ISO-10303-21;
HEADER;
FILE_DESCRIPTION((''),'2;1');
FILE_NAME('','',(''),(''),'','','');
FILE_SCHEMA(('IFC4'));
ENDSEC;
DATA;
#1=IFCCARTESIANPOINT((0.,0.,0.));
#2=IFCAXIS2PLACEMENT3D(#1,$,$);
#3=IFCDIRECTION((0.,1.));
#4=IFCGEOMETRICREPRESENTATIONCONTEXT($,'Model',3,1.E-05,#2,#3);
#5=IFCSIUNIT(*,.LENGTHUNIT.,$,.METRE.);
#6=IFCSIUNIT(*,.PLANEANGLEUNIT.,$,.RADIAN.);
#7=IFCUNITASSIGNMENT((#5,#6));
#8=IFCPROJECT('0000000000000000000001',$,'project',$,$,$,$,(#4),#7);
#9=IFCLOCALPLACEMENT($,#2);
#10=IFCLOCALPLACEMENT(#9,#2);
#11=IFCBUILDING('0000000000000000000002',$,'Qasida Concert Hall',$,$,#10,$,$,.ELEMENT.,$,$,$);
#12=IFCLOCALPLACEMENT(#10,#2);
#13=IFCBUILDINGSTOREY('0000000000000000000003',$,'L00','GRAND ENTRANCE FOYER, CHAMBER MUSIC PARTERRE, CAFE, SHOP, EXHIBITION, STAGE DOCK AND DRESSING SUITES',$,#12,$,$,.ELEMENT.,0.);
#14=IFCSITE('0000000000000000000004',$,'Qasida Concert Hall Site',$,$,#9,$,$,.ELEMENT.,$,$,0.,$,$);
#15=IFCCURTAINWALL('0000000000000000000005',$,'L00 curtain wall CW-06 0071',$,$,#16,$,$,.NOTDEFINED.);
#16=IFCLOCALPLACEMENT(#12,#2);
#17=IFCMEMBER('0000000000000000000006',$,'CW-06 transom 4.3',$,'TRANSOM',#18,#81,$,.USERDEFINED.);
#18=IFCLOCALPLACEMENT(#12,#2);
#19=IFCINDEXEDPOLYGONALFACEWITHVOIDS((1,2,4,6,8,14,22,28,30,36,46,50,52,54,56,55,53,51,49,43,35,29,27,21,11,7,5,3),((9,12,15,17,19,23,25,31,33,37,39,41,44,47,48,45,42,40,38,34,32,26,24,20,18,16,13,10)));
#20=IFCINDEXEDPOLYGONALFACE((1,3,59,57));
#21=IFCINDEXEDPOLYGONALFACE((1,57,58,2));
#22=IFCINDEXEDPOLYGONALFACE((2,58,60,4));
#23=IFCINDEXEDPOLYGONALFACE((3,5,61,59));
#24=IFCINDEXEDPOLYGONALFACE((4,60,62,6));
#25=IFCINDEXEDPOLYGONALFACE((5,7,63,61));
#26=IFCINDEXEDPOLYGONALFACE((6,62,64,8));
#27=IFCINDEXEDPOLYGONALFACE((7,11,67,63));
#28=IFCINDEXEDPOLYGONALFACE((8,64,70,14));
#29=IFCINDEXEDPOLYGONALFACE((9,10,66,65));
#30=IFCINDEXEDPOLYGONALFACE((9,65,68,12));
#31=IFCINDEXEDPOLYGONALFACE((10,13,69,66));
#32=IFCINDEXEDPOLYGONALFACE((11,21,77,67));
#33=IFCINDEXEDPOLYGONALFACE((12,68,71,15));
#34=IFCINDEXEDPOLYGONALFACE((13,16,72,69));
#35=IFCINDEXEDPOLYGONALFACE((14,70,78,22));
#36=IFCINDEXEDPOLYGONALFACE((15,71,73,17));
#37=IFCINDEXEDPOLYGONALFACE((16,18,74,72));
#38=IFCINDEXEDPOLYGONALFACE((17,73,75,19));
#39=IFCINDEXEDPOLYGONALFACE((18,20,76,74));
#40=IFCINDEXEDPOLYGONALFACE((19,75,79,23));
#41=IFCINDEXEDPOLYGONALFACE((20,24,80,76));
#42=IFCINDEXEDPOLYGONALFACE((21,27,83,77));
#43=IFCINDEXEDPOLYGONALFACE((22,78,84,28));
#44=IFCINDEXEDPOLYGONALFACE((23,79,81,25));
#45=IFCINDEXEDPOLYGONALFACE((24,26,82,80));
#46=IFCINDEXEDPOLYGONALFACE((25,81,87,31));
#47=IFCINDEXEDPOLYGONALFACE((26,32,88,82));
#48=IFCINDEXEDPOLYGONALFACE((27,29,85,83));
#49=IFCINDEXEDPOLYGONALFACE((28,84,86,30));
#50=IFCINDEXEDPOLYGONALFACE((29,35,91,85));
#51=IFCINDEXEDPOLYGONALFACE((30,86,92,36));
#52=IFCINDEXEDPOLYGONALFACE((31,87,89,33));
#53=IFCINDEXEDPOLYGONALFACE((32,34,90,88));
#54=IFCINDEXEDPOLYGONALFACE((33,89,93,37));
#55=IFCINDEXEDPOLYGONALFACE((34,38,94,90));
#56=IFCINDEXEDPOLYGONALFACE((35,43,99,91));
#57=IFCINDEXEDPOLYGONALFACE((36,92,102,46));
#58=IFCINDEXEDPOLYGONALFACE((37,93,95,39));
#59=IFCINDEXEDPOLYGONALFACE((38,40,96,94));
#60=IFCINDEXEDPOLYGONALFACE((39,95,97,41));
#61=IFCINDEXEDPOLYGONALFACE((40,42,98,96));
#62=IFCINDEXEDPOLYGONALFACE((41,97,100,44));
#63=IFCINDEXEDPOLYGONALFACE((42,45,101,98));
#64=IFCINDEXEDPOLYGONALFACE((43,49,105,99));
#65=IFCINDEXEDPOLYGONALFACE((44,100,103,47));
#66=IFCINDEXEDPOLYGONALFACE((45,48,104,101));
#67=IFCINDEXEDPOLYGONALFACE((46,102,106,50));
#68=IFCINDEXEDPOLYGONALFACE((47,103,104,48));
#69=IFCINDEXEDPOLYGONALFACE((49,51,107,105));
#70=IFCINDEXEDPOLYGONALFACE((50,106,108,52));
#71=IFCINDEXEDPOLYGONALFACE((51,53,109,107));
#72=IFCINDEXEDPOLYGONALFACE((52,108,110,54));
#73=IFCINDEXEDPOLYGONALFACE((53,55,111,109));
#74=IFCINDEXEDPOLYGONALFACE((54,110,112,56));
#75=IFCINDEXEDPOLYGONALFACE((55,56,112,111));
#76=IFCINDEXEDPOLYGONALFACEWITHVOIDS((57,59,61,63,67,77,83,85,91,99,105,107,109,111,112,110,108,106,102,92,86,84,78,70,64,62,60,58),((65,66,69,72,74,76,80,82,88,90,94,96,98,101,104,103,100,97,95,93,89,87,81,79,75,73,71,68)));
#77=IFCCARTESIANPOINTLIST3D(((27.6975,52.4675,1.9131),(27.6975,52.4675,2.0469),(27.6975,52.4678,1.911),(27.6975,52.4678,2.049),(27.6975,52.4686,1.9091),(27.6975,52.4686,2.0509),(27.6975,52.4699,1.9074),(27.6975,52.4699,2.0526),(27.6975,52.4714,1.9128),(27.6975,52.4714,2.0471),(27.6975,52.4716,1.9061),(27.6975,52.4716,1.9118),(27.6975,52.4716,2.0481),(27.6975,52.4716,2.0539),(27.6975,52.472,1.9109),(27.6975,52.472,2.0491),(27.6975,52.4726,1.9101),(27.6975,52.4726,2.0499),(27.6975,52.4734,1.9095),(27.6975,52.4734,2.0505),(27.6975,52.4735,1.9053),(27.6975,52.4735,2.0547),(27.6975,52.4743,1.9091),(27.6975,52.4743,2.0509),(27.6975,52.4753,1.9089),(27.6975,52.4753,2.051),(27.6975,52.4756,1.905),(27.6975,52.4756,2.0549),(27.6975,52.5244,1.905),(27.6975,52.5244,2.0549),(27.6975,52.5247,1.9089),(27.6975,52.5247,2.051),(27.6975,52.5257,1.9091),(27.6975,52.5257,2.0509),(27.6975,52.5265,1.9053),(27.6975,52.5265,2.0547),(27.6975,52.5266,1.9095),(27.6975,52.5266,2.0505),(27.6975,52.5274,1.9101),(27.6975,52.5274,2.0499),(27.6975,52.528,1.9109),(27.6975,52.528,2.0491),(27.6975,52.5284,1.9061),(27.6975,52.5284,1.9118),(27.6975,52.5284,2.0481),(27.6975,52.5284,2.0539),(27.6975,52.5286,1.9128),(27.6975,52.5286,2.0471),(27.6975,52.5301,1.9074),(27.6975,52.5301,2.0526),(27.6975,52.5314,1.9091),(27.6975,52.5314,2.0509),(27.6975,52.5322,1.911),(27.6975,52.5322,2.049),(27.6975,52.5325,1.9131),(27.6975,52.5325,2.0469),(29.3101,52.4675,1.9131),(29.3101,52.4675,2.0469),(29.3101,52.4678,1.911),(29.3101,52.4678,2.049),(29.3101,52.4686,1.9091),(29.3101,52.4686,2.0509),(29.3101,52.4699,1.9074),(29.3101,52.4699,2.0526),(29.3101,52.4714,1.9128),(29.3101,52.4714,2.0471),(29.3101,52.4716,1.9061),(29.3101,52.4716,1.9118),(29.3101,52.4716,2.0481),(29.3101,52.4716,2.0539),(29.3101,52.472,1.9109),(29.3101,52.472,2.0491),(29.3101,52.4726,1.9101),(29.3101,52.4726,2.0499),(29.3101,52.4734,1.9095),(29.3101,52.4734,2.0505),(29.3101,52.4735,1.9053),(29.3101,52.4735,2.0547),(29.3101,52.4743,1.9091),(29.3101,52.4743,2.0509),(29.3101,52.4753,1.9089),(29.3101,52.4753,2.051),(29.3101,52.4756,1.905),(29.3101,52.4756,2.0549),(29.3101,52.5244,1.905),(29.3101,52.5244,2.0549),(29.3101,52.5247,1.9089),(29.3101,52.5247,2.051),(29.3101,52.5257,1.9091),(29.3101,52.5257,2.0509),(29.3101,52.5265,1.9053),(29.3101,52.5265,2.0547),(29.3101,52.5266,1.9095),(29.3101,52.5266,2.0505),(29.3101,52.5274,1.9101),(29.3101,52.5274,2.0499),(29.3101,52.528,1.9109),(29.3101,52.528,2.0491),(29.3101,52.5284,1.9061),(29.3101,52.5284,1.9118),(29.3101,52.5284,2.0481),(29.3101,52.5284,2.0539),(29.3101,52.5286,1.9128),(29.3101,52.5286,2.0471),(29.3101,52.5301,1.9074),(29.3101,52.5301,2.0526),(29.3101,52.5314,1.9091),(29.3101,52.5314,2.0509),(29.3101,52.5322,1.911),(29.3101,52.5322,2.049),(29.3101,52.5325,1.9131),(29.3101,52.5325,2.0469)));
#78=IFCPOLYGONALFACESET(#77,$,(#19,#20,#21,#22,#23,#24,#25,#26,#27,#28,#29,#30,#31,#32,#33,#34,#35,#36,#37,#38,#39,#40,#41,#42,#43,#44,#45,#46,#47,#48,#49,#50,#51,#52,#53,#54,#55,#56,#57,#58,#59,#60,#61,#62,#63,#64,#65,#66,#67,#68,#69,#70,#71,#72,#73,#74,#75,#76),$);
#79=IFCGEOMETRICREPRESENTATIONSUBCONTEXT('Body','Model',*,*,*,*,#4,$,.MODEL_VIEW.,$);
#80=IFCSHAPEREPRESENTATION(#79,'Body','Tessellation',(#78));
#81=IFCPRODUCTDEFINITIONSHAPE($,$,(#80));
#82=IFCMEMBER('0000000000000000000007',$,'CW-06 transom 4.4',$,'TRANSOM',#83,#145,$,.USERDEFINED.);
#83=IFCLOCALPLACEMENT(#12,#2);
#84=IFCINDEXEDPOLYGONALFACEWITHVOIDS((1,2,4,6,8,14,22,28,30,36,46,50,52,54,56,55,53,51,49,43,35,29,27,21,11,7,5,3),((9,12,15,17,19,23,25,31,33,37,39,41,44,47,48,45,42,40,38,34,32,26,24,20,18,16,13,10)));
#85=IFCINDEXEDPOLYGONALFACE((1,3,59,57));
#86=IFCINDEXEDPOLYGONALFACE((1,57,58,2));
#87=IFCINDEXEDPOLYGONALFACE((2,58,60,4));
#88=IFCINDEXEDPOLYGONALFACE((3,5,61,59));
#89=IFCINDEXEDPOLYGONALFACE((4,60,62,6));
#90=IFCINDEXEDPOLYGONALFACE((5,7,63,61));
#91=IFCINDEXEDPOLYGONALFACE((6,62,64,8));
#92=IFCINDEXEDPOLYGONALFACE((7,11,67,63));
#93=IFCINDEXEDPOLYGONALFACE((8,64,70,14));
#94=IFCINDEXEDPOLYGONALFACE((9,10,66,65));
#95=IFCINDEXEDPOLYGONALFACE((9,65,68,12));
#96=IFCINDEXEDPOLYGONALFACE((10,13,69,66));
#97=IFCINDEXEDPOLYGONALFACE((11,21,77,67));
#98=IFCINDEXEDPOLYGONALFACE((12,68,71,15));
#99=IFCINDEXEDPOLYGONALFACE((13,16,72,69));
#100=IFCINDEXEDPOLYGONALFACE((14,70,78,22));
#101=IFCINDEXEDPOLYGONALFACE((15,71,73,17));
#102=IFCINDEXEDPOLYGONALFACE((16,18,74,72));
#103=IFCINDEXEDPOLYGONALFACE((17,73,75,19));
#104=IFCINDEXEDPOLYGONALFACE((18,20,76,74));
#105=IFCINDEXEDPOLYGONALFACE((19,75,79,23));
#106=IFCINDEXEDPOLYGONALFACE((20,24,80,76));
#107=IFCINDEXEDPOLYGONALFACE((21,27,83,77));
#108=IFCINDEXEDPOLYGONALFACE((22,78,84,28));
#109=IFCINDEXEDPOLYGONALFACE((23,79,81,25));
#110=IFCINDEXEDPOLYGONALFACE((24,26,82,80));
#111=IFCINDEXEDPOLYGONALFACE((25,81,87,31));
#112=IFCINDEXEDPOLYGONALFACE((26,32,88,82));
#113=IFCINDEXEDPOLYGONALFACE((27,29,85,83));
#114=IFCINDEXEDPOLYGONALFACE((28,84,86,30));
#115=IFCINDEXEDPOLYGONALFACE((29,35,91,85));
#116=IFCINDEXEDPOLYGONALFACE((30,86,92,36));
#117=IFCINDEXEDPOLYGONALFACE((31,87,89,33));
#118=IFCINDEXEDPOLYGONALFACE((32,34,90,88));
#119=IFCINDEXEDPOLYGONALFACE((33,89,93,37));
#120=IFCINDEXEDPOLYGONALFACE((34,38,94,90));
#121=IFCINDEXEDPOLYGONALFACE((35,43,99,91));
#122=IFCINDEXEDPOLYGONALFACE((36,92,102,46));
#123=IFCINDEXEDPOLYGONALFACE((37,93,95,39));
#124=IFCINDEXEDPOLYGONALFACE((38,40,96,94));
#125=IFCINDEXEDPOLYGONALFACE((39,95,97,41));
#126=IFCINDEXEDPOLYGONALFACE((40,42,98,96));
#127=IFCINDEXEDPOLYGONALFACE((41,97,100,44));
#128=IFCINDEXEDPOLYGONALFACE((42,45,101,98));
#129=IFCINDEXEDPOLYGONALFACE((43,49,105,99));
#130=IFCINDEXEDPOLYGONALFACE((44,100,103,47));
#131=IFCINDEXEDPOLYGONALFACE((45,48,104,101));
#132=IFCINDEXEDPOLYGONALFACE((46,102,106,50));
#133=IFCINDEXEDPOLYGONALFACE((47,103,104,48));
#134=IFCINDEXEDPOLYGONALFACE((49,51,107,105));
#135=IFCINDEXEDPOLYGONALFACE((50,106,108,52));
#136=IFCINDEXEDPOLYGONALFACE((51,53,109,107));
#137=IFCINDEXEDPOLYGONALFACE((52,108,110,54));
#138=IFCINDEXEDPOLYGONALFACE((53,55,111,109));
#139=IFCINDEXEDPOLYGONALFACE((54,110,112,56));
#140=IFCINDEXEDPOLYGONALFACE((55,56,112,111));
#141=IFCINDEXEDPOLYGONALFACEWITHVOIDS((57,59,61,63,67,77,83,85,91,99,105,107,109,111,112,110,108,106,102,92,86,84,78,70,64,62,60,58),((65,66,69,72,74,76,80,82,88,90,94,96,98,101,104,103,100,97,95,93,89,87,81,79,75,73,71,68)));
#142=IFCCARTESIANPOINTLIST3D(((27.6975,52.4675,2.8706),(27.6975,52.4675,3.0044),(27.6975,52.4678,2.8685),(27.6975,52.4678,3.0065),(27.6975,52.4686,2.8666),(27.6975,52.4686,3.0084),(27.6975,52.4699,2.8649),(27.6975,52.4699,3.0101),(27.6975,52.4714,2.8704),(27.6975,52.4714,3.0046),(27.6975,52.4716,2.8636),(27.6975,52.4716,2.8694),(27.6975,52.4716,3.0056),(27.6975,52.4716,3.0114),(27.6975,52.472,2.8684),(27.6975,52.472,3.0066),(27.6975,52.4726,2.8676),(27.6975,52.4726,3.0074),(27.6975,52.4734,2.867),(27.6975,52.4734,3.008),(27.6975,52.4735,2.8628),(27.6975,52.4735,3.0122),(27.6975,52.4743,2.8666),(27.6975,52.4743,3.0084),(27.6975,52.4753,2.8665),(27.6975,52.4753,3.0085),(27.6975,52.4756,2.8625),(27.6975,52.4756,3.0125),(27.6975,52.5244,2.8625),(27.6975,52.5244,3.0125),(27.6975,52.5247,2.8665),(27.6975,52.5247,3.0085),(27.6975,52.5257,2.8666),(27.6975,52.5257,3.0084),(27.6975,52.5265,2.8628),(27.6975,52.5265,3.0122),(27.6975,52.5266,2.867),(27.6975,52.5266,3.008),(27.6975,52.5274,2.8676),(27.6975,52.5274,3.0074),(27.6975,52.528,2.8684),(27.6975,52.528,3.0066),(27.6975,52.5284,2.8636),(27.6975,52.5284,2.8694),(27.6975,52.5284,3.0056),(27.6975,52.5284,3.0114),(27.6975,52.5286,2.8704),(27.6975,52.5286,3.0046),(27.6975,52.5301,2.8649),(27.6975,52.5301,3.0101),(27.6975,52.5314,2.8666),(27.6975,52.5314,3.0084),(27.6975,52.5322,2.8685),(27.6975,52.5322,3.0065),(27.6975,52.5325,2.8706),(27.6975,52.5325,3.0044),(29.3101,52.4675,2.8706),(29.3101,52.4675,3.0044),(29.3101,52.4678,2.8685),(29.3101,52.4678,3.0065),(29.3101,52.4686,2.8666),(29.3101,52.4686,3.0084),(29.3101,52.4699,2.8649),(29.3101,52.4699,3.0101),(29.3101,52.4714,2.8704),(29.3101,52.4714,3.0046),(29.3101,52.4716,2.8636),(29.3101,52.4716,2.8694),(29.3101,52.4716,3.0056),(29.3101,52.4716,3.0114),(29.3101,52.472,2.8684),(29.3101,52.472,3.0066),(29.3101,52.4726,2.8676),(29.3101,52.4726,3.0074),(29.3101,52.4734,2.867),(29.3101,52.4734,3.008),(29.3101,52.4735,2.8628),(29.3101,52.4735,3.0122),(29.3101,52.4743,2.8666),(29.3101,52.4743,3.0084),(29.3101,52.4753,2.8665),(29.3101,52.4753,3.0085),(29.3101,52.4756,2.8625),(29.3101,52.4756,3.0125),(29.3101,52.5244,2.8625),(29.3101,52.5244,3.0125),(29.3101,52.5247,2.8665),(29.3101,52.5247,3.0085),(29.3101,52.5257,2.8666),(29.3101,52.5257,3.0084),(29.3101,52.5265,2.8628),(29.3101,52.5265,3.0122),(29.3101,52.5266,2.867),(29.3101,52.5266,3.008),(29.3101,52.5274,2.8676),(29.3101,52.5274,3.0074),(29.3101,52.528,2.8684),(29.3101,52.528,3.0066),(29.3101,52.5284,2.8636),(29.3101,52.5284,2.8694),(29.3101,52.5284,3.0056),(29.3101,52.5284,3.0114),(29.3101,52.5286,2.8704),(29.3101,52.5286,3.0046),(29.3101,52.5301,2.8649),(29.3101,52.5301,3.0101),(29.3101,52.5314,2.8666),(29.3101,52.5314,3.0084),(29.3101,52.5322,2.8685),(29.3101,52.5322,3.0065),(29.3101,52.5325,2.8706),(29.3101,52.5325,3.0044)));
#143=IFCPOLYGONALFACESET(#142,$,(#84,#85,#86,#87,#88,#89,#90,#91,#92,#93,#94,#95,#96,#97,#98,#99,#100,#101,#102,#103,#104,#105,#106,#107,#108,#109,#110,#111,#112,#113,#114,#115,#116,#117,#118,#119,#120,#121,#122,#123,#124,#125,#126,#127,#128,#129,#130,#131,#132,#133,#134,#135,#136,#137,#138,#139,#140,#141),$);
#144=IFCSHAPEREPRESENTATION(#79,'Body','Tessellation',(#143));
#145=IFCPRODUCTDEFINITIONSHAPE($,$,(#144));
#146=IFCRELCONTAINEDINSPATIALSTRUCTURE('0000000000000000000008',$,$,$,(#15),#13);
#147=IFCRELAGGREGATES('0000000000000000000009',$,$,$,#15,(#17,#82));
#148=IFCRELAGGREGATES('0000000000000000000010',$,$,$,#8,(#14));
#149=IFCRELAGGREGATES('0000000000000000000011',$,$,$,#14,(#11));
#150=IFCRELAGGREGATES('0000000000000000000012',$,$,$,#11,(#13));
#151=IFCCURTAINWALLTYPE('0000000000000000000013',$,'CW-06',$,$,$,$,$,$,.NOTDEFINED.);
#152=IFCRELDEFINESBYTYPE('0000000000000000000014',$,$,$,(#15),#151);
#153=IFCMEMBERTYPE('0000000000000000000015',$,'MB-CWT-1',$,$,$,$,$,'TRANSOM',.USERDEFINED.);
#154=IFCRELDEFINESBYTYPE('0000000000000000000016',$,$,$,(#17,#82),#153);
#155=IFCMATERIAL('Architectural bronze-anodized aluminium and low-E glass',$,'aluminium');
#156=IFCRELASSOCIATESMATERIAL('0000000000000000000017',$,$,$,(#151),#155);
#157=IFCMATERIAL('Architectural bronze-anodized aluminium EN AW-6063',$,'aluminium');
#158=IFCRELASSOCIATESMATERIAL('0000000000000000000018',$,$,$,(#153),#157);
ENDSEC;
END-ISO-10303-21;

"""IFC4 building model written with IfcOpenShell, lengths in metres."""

from ifc_helpers import new_model, si_unit, direction, frame, origin, origin_2d, place, context, subcontext, project, spatial, hollow_rectangle, extrude, material, material_profile, profile_set, type_object, element, aggregate, save


model = new_model("IFC4")

# Units and contexts
model_context = context("Model", 3, precision=1e-05, world=origin(), true_north=direction((0.0, 1.0)))
body_context = subcontext(model_context, "Body", "Model", "MODEL_VIEW")
ifc_project = project(units=[si_unit("LENGTHUNIT", "METRE"), si_unit("PLANEANGLEUNIT", "RADIAN")], contexts=[model_context])

# Site, building, storey
site_placement = place(None, origin())
site = spatial("IfcSite", under=ifc_project, at=site_placement, Name="Qasida Concert Hall Site", CompositionType="ELEMENT", RefElevation=0.0)
building_placement = place(site_placement, origin())
building = spatial("IfcBuilding", under=site, at=building_placement, Name="Qasida Concert Hall", CompositionType="ELEMENT")
storey_placement = place(building_placement, origin())
storey = spatial("IfcBuildingStorey", under=building, at=storey_placement, Name="L00", Description="GRAND ENTRANCE FOYER, CHAMBER MUSIC PARTERRE, CAFE, SHOP, EXHIBITION, STAGE DOCK AND DRESSING SUITES", CompositionType="ELEMENT", Elevation=0.0)

# Curtain wall
ifc_material_1 = material(Name="Architectural bronze-anodized aluminium and low-E glass", Category="aluminium")
curtain_wall_type = type_object("IfcCurtainWallType", Name="CW-06", PredefinedType="NOTDEFINED", material=ifc_material_1)
curtain_wall_1_placement = place(storey_placement, origin())
curtain_wall_1 = element("IfcCurtainWall", 1, at=curtain_wall_1_placement, inside=storey, type_object=curtain_wall_type, Name="L00 curtain wall CW-06 0071", PredefinedType="NOTDEFINED")
ifc_material_2 = material(Name="Architectural bronze-anodized aluminium EN AW-6063", Category="aluminium")

# Members
ifc_material_profile_1 = material_profile(ifc_material_2, hollow_rectangle(XDim=0.0649, YDim=0.1499, WallThickness=0.0039, InnerFilletRadius=0.0039, OuterFilletRadius=0.0081, at=origin_2d()), Name="CWT 150x65x4")
ifc_profile_set_1 = profile_set([ifc_material_profile_1], Name="Architectural bronze-anodized aluminium EN AW-6063")
member_type_1 = type_object("IfcMemberType", Name="MB-CWT-1", ElementType="TRANSOM", PredefinedType="USERDEFINED", material=ifc_profile_set_1)
member_1_placement = place(storey_placement, frame((27.6975, 52.5, 1.98), z_axis=(1.0, 0.0, 0.0), x_axis=(0.0, 1.0, 0.0)))
member_1 = element("IfcMember", 2, at=member_1_placement, type_object=member_type_1, Name="CW-06 transom 4.3", ObjectType="TRANSOM", PredefinedType="USERDEFINED", context=body_context, shape_type="SweptSolid", body=[
    extrude(hollow_rectangle(XDim=0.0649, YDim=0.1499, WallThickness=0.0039, InnerFilletRadius=0.0039, OuterFilletRadius=0.0081, at=origin_2d()), origin(), (0.0, 0.0, 1.0), 1.6125),
])
member_2_placement = place(storey_placement, frame((27.6975, 52.5, 2.9375), z_axis=(1.0, 0.0, 0.0), x_axis=(0.0, 1.0, 0.0)))
member_2 = element("IfcMember", 3, at=member_2_placement, type_object=member_type_1, Name="CW-06 transom 4.4", ObjectType="TRANSOM", PredefinedType="USERDEFINED", context=body_context, shape_type="SweptSolid", body=[
    extrude(hollow_rectangle(XDim=0.0649, YDim=0.1499, WallThickness=0.0039, InnerFilletRadius=0.0039, OuterFilletRadius=0.0081, at=origin_2d()), origin(), (0.0, 0.0, 1.0), 1.6125),
])

aggregate(curtain_wall_1, [member_1, member_2])

save(model, "model.ifc")
